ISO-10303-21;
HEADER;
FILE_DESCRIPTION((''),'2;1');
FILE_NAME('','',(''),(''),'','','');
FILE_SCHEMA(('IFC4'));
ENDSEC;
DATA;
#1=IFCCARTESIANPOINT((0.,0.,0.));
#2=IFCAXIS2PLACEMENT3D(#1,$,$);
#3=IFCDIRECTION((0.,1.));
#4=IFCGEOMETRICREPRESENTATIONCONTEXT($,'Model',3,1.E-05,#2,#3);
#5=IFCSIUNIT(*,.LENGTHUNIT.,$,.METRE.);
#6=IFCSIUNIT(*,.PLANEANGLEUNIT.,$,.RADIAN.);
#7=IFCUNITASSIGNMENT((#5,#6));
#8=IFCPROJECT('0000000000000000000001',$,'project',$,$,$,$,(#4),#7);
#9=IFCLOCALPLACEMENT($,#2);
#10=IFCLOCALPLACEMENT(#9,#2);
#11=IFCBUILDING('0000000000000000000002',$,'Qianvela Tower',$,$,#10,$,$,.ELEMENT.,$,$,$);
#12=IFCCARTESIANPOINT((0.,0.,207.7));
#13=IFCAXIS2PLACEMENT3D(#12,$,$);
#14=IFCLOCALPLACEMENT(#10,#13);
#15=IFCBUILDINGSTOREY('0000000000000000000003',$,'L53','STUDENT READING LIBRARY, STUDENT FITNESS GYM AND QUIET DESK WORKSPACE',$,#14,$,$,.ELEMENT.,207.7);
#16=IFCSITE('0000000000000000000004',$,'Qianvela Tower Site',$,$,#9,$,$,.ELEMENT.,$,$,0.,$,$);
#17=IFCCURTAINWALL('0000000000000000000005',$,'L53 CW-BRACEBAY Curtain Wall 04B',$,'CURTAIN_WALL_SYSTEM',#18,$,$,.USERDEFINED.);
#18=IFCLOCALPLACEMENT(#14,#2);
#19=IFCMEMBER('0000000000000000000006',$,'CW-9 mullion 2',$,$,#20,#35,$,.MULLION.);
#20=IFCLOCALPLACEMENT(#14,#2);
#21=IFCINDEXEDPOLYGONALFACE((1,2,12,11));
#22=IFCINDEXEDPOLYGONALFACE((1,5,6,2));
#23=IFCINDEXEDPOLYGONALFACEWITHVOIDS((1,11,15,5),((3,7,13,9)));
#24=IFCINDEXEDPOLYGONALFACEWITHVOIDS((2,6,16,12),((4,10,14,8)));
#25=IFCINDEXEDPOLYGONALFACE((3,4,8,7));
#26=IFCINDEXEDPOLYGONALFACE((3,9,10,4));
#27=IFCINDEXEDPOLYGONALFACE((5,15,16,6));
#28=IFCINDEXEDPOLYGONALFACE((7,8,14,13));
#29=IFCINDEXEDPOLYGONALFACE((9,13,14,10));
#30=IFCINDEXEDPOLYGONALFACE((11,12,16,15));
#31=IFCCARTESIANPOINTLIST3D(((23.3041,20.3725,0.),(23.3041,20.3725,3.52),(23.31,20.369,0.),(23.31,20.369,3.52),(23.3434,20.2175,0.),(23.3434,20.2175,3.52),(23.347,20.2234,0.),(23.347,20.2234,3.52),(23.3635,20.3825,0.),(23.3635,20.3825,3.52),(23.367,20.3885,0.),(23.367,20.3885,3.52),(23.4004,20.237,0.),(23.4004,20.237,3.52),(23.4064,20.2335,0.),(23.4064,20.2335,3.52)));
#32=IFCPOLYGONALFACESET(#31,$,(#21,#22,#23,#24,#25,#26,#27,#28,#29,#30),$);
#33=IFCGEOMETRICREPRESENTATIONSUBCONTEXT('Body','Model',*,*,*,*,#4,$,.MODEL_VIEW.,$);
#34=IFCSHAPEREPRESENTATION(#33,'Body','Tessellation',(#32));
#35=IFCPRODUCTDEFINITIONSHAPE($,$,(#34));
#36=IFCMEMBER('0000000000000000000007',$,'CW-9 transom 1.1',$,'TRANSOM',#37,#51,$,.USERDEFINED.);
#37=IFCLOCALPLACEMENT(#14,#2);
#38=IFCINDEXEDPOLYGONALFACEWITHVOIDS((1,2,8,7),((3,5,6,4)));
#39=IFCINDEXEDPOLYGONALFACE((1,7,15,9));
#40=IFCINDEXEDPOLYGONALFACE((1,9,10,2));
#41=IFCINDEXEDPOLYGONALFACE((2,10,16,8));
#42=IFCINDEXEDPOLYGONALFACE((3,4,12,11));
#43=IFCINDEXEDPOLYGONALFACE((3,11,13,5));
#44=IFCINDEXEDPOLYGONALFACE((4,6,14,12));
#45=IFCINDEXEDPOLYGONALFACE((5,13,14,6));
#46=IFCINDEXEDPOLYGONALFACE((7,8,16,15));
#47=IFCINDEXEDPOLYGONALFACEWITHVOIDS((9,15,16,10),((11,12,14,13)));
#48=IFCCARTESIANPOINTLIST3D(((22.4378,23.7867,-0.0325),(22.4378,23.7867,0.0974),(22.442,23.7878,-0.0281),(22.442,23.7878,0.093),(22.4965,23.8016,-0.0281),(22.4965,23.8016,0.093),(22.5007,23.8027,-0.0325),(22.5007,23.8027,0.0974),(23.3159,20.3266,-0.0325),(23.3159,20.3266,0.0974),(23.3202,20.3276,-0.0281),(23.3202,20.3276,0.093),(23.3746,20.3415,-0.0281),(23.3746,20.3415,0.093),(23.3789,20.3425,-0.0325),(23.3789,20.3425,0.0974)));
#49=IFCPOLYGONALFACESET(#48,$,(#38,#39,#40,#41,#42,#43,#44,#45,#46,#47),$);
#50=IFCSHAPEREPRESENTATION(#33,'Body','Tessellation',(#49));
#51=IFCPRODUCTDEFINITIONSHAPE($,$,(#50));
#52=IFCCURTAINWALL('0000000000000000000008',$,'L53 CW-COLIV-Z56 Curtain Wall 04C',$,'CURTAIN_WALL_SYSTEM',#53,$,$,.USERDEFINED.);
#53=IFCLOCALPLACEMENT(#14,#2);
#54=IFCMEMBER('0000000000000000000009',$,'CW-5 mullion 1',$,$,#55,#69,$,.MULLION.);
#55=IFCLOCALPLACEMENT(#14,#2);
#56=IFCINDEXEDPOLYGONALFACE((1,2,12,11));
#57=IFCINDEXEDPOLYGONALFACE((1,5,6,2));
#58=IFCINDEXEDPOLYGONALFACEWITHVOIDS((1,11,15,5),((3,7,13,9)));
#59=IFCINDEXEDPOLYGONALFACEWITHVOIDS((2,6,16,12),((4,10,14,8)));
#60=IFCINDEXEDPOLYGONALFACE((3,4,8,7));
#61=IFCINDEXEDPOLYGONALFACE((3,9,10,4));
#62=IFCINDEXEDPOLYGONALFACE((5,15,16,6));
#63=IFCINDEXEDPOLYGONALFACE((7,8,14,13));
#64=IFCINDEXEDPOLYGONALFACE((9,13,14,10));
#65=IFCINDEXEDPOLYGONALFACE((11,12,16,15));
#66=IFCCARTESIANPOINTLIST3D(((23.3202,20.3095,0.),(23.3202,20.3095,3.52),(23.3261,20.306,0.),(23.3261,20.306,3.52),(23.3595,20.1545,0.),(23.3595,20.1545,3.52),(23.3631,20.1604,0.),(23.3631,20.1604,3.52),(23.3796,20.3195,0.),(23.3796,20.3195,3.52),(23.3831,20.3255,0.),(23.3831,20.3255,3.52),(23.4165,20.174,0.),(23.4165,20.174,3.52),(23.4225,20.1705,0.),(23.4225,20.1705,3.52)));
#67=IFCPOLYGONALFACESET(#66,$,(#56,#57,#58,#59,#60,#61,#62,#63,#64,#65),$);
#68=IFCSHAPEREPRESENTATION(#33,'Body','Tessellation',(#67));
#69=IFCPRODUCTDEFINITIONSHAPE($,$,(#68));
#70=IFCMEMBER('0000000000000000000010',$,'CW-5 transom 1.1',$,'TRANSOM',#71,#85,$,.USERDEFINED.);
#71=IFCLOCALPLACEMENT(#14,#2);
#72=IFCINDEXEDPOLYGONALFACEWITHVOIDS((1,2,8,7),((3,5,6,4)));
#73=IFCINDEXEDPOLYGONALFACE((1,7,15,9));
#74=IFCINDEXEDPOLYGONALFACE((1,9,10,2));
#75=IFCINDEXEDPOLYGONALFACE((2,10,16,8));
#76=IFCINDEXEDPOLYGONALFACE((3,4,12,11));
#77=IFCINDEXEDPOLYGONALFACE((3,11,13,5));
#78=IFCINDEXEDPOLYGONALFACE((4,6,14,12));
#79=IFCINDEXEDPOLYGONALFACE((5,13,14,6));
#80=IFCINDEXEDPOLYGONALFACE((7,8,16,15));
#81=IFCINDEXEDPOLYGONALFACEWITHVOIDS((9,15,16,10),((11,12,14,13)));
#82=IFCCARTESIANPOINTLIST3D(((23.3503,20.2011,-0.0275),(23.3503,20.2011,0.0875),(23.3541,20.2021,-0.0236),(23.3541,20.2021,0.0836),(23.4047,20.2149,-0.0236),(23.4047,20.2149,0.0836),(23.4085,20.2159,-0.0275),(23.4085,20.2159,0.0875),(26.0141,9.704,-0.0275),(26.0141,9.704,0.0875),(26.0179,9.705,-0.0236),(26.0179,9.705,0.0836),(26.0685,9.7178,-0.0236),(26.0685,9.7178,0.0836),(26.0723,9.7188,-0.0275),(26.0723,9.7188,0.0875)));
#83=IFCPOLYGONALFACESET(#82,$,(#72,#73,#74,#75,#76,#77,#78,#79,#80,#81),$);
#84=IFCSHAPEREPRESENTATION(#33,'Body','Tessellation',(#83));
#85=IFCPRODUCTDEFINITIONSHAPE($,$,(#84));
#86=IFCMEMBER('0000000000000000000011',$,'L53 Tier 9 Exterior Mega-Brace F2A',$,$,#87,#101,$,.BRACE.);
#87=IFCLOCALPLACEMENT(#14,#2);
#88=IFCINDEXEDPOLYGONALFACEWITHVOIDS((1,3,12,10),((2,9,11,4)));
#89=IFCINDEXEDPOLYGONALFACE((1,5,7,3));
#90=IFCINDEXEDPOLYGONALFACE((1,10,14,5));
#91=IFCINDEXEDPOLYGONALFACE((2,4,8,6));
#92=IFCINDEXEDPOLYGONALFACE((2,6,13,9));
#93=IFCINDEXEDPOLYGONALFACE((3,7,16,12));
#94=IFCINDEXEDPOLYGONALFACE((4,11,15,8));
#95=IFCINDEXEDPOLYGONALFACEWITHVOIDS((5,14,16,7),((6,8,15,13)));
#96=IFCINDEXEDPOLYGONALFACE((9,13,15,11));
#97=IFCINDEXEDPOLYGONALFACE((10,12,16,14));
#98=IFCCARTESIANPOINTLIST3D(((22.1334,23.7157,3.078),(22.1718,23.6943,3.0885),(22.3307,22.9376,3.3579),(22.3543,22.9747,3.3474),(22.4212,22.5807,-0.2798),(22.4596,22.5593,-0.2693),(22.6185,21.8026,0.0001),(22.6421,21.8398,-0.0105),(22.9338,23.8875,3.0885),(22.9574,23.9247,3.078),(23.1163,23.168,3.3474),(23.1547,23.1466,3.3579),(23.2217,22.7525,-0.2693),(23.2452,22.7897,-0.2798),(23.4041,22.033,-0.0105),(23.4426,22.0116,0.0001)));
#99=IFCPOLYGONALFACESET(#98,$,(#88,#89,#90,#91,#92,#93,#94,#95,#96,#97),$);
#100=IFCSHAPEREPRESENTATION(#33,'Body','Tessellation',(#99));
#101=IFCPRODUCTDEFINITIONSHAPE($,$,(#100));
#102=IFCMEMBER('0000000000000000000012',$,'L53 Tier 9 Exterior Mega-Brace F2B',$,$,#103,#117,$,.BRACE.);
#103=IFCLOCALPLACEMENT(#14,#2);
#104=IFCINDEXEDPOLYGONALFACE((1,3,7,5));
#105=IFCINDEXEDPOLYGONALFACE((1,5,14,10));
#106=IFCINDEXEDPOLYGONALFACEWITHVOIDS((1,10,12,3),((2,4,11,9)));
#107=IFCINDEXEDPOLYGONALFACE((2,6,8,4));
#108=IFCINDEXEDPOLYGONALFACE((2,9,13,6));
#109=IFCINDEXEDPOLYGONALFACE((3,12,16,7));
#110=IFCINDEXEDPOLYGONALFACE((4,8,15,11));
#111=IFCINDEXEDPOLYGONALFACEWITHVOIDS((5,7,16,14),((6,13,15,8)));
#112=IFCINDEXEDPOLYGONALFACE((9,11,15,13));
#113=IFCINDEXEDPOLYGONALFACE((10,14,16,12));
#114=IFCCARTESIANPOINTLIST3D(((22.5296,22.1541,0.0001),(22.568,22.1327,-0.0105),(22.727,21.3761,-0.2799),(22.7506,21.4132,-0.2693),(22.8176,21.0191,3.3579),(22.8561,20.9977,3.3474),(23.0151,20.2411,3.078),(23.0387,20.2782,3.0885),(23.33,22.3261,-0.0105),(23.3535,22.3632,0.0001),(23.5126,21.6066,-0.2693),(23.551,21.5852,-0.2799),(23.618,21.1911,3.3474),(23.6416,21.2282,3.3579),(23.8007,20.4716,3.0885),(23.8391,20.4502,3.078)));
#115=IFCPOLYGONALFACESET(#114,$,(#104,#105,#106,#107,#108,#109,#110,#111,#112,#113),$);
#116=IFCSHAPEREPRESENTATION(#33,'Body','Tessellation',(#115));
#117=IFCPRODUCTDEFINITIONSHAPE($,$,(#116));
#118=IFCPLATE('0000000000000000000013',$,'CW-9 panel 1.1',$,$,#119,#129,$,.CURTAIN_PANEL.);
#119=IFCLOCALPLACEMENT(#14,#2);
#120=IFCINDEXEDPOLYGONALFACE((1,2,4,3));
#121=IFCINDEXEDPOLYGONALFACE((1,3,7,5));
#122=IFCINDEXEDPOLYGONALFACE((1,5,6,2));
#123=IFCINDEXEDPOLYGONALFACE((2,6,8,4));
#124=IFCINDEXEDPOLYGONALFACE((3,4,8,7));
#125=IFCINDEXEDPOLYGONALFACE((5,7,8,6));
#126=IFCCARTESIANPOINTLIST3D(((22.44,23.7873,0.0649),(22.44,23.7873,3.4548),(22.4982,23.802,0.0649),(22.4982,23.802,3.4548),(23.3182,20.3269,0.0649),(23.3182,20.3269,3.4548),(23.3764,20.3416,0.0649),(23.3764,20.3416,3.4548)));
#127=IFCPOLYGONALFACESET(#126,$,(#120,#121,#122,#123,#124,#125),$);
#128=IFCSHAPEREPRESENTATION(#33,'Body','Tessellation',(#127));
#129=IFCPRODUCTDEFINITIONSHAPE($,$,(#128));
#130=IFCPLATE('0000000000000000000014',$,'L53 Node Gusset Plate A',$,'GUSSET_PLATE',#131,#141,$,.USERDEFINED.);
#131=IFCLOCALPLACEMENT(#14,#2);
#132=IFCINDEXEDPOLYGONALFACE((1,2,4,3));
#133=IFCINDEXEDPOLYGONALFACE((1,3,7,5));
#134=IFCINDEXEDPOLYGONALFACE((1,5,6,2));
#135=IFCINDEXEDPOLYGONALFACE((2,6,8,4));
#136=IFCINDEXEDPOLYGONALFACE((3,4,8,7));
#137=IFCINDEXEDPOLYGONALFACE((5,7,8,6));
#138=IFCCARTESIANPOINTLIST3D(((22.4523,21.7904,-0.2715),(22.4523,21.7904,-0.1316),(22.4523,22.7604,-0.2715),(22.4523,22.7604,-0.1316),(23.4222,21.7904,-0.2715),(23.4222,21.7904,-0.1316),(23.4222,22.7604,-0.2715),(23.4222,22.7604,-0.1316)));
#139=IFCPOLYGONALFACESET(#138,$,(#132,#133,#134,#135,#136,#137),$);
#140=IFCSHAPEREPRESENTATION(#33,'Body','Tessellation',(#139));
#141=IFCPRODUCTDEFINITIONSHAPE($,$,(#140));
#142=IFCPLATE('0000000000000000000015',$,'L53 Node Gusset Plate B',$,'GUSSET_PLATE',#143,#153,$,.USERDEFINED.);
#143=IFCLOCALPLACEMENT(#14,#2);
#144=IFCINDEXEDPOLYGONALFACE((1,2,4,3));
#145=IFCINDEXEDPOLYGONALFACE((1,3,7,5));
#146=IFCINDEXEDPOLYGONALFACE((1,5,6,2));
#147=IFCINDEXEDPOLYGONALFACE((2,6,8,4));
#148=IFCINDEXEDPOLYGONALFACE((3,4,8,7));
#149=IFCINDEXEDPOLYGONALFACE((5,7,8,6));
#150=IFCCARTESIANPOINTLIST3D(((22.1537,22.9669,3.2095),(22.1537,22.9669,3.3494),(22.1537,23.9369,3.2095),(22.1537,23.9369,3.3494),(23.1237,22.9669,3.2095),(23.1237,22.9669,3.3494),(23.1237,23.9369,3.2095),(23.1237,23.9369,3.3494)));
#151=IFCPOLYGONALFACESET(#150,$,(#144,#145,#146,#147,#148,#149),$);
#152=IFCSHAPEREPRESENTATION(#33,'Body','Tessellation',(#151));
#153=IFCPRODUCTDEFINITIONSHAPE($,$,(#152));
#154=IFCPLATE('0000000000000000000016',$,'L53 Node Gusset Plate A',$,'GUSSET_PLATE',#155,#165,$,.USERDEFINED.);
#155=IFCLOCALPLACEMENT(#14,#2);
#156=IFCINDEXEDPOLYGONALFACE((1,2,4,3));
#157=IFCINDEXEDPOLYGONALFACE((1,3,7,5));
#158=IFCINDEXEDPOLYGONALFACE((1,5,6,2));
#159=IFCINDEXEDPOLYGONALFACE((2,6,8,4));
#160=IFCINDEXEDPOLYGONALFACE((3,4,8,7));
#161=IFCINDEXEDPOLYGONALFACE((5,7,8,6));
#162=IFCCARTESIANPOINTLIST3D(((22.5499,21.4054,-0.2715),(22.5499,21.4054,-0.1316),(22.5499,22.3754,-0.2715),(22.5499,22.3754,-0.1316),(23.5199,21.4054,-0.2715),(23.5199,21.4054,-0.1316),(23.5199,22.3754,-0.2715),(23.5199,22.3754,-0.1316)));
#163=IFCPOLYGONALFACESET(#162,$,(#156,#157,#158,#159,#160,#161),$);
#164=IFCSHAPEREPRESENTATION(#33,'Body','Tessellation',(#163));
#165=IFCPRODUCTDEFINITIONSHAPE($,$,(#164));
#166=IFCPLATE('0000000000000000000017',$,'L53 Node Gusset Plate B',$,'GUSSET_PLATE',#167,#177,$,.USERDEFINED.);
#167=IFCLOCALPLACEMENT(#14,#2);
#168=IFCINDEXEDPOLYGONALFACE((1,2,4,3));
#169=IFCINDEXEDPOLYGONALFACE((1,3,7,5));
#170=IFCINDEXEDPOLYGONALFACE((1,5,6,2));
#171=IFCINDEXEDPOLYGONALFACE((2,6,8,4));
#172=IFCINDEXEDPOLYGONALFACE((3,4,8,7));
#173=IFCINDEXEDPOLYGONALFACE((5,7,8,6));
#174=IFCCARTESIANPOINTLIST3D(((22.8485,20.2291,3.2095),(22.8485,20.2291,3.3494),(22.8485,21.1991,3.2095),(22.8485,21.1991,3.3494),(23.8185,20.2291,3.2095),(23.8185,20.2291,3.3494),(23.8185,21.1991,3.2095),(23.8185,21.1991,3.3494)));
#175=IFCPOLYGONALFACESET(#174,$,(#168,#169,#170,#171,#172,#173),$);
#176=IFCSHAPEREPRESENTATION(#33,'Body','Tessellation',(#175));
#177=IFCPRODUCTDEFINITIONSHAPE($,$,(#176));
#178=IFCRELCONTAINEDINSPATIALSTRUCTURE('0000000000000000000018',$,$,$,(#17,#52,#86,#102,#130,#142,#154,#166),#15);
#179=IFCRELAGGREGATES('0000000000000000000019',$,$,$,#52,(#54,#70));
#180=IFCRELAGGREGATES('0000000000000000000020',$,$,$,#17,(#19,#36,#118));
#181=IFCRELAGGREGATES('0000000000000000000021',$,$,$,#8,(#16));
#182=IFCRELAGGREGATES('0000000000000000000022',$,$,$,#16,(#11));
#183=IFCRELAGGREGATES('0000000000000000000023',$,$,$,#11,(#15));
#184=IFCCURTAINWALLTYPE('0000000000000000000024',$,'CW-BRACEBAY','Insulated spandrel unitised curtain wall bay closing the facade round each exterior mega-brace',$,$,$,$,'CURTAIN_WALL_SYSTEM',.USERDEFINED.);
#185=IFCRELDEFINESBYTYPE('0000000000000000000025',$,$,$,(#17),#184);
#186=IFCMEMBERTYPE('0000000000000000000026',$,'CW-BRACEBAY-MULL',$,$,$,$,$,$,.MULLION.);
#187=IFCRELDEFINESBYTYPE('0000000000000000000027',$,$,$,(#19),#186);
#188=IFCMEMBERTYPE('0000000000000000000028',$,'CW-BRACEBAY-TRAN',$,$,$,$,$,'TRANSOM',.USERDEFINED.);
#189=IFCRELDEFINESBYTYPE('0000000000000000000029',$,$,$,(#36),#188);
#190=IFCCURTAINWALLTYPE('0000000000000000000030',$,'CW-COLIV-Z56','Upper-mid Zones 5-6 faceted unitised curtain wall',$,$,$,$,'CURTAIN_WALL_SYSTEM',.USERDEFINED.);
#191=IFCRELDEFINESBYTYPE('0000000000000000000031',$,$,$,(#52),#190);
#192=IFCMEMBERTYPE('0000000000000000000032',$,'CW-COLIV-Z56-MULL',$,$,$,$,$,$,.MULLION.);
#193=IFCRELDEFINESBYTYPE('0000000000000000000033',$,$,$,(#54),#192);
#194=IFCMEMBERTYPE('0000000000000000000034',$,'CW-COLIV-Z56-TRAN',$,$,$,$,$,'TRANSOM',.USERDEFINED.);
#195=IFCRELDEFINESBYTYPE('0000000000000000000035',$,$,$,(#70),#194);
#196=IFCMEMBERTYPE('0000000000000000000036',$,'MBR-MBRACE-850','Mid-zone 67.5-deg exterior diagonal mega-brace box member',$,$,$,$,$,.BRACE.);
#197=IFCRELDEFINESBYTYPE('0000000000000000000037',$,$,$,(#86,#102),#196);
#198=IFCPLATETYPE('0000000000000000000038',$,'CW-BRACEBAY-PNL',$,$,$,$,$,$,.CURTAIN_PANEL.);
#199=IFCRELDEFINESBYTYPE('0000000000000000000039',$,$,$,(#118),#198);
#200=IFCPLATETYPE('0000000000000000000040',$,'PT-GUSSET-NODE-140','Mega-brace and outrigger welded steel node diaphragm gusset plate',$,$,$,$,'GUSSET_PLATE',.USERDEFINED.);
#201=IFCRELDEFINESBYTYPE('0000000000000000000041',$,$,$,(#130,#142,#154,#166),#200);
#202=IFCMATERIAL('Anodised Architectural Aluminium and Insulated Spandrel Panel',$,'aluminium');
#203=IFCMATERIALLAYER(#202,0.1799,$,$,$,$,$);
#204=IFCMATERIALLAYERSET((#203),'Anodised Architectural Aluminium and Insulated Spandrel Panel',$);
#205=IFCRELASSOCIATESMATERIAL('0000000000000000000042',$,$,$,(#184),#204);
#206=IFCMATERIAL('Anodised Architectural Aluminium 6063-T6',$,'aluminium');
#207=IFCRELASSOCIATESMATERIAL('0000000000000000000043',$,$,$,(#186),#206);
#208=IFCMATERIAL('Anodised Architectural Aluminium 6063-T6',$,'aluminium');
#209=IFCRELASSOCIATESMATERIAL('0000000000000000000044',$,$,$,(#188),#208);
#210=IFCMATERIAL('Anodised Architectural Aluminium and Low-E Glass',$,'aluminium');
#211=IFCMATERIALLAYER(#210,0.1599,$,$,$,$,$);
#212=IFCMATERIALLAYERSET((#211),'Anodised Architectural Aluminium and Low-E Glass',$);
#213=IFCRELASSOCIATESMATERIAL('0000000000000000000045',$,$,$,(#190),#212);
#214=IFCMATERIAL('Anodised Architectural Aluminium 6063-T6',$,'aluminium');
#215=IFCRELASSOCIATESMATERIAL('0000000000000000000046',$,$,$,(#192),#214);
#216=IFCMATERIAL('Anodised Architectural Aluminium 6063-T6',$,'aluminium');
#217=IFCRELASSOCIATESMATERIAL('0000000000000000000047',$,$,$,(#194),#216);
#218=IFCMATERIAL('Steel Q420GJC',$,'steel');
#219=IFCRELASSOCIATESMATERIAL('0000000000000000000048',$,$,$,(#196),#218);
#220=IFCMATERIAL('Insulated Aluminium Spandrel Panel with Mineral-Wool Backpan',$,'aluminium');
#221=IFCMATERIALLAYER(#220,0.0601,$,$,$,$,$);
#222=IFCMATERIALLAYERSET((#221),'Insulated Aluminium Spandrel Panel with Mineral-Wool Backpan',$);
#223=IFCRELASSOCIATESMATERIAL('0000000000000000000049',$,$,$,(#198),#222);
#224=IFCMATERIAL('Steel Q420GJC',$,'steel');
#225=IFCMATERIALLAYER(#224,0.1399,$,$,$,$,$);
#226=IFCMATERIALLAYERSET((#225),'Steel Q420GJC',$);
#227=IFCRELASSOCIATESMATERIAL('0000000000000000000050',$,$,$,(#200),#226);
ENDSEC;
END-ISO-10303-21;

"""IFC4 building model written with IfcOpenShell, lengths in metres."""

from ifc_helpers import new_model, si_unit, direction, frame, origin, origin_2d, place, context, subcontext, project, spatial, rectangle, hollow_rectangle, extrude, material, layer, layer_set, material_profile, profile_set, type_object, element, aggregate, save


model = new_model("IFC4")

# Units and contexts
model_context = context("Model", 3, precision=1e-05, world=origin(), true_north=direction((0.0, 1.0)))
body_context = subcontext(model_context, "Body", "Model", "MODEL_VIEW")
ifc_project = project(units=[si_unit("LENGTHUNIT", "METRE"), si_unit("PLANEANGLEUNIT", "RADIAN")], contexts=[model_context])

# Site, building, storey
site_placement = place(None, origin())
site = spatial("IfcSite", under=ifc_project, at=site_placement, Name="Qianvela Tower Site", CompositionType="ELEMENT", RefElevation=0.0)
building_placement = place(site_placement, origin())
building = spatial("IfcBuilding", under=site, at=building_placement, Name="Qianvela Tower", CompositionType="ELEMENT")
storey_placement = place(building_placement, frame((0.0, 0.0, 207.7)))
storey = spatial("IfcBuildingStorey", under=building, at=storey_placement, Name="L53", Description="STUDENT READING LIBRARY, STUDENT FITNESS GYM AND QUIET DESK WORKSPACE", CompositionType="ELEMENT", Elevation=207.7)

# Curtain walls, members
ifc_material_1 = material(Name="Anodised Architectural Aluminium and Insulated Spandrel Panel", Category="aluminium")
ifc_layer_1 = layer(ifc_material_1, 0.1799)
ifc_layer_set_1 = layer_set([ifc_layer_1], Name="Anodised Architectural Aluminium and Insulated Spandrel Panel")
curtain_wall_type_1 = type_object("IfcCurtainWallType", Name="CW-BRACEBAY", Description="Insulated spandrel unitised curtain wall bay closing the facade round each exterior mega-brace", ElementType="CURTAIN_WALL_SYSTEM", PredefinedType="USERDEFINED", material=ifc_layer_set_1)
curtain_wall_1_placement = place(storey_placement, origin())
curtain_wall_1 = element("IfcCurtainWall", 1, at=curtain_wall_1_placement, inside=storey, type_object=curtain_wall_type_1, Name="L53 CW-BRACEBAY Curtain Wall 04B", ObjectType="CURTAIN_WALL_SYSTEM", PredefinedType="USERDEFINED")
ifc_material_2 = material(Name="Anodised Architectural Aluminium 6063-T6", Category="aluminium")
ifc_material_profile_1 = material_profile(ifc_material_2, hollow_rectangle(XDim=0.0649, YDim=0.1599, WallThickness=0.0049, at=origin_2d()), Name="ALU-MULL-65x160")
ifc_profile_set_1 = profile_set([ifc_material_profile_1], Name="Anodised Architectural Aluminium 6063-T6")
member_type_1 = type_object("IfcMemberType", Name="CW-BRACEBAY-MULL", PredefinedType="MULLION", material=ifc_profile_set_1)
member_1_placement = place(storey_placement, frame((23.3552, 20.303, 0.0), z_axis=(0.0, 0.0, 1.0), x_axis=(0.969276, 0.245975, 0.0)))
member_1 = element("IfcMember", 2, at=member_1_placement, type_object=member_type_1, Name="CW-9 mullion 2", PredefinedType="MULLION", context=body_context, shape_type="SweptSolid", body=[
    extrude(hollow_rectangle(XDim=0.0649, YDim=0.1599, WallThickness=0.0049, at=origin_2d()), origin(), (0.0, 0.0, 1.0), 3.52),
])
ifc_material_3 = material(Name="Anodised Architectural Aluminium 6063-T6", Category="aluminium")
ifc_material_profile_2 = material_profile(ifc_material_3, hollow_rectangle(XDim=0.0649, YDim=0.1299, WallThickness=0.0044, at=origin_2d()), Name="ALU-TRAN-65x130")
ifc_profile_set_2 = profile_set([ifc_material_profile_2], Name="Anodised Architectural Aluminium 6063-T6")
member_type_2 = type_object("IfcMemberType", Name="CW-BRACEBAY-TRAN", ElementType="TRANSOM", PredefinedType="USERDEFINED", material=ifc_profile_set_2)
member_2_placement = place(storey_placement, frame((22.4692, 23.7947, 0.0325), z_axis=(0.245994, -0.969271, 0.0), x_axis=(0.969271, 0.245994, 0.0)))
member_2 = element("IfcMember", 3, at=member_2_placement, type_object=member_type_2, Name="CW-9 transom 1.1", ObjectType="TRANSOM", PredefinedType="USERDEFINED", context=body_context, shape_type="SweptSolid", body=[
    extrude(hollow_rectangle(XDim=0.0649, YDim=0.1299, WallThickness=0.0044, at=origin_2d()), origin(), (0.0, 0.0, 1.0), 3.5698),
])
ifc_material_4 = material(Name="Anodised Architectural Aluminium and Low-E Glass", Category="aluminium")
ifc_layer_2 = layer(ifc_material_4, 0.1599)
ifc_layer_set_2 = layer_set([ifc_layer_2], Name="Anodised Architectural Aluminium and Low-E Glass")
curtain_wall_type_2 = type_object("IfcCurtainWallType", Name="CW-COLIV-Z56", Description="Upper-mid Zones 5-6 faceted unitised curtain wall", ElementType="CURTAIN_WALL_SYSTEM", PredefinedType="USERDEFINED", material=ifc_layer_set_2)
curtain_wall_2_placement = place(storey_placement, origin())
curtain_wall_2 = element("IfcCurtainWall", 4, at=curtain_wall_2_placement, inside=storey, type_object=curtain_wall_type_2, Name="L53 CW-COLIV-Z56 Curtain Wall 04C", ObjectType="CURTAIN_WALL_SYSTEM", PredefinedType="USERDEFINED")
ifc_material_5 = material(Name="Anodised Architectural Aluminium 6063-T6", Category="aluminium")
ifc_material_profile_3 = material_profile(ifc_material_5, hollow_rectangle(XDim=0.0649, YDim=0.1599, WallThickness=0.0049, at=origin_2d()), Name="ALU-MULL-65x160")
ifc_profile_set_3 = profile_set([ifc_material_profile_3], Name="Anodised Architectural Aluminium 6063-T6")
member_type_3 = type_object("IfcMemberType", Name="CW-COLIV-Z56-MULL", PredefinedType="MULLION", material=ifc_profile_set_3)
member_3_placement = place(storey_placement, frame((23.3713, 20.24, 0.0), z_axis=(0.0, 0.0, 1.0), x_axis=(0.969274, 0.245984, 0.0)))
member_3 = element("IfcMember", 5, at=member_3_placement, type_object=member_type_3, Name="CW-5 mullion 1", PredefinedType="MULLION", context=body_context, shape_type="SweptSolid", body=[
    extrude(hollow_rectangle(XDim=0.0649, YDim=0.1599, WallThickness=0.0049, at=origin_2d()), origin(), (0.0, 0.0, 1.0), 3.52),
])
ifc_material_6 = material(Name="Anodised Architectural Aluminium 6063-T6", Category="aluminium")
ifc_material_profile_4 = material_profile(ifc_material_6, hollow_rectangle(XDim=0.0601, YDim=0.115, WallThickness=0.0039, at=origin_2d()), Name="ALU-TRAN-60x115")
ifc_profile_set_4 = profile_set([ifc_material_profile_4], Name="Anodised Architectural Aluminium 6063-T6")
member_type_4 = type_object("IfcMemberType", Name="CW-COLIV-Z56-TRAN", ElementType="TRANSOM", PredefinedType="USERDEFINED", material=ifc_profile_set_4)
member_4_placement = place(storey_placement, frame((23.3794, 20.2085, 0.03), z_axis=(0.245971, -0.969277, 0.0), x_axis=(0.969277, 0.245971, 0.0)))
member_4 = element("IfcMember", 6, at=member_4_placement, type_object=member_type_4, Name="CW-5 transom 1.1", ObjectType="TRANSOM", PredefinedType="USERDEFINED", context=body_context, shape_type="SweptSolid", body=[
    extrude(hollow_rectangle(XDim=0.0601, YDim=0.115, WallThickness=0.0039, at=origin_2d()), origin(), (0.0, 0.0, 1.0), 10.8298),
])
aggregate(curtain_wall_2, [member_3, member_4])

# Members
ifc_material_7 = material(Name="Steel Q420GJC", Category="steel")
ifc_material_profile_5 = material_profile(ifc_material_7, hollow_rectangle(XDim=0.8501, YDim=0.8501, WallThickness=0.032, at=origin_2d()), Name="MBOX-850x850x32")
ifc_profile_set_5 = profile_set([ifc_material_profile_5], Name="Steel Q420GJC")
member_type_5 = type_object("IfcMemberType", Name="MBR-MBRACE-850", Description="Mid-zone 67.5-deg exterior diagonal mega-brace box member", PredefinedType="BRACE", material=ifc_profile_set_5)
for number, where, z_axis, x_axis, name in (
    (7, (22.9319, 22.2961, -0.1399), (-0.080941, 0.319162, 0.944237), (-0.969315, -0.245821, 0.0), "L53 Tier 9 Exterior Mega-Brace F2A"),
    (8, (23.0403, 21.8696, -0.1399), (0.081009, -0.319161, 0.944232), (0.969265, 0.246017, 0.0), "L53 Tier 9 Exterior Mega-Brace F2B"),
):
    element("IfcMember", number, at=place(storey_placement, frame(where, z_axis=z_axis, x_axis=x_axis)), inside=storey, type_object=member_type_5, Name=name, PredefinedType="BRACE", context=body_context, shape_type="SweptSolid", body=[
        extrude(hollow_rectangle(XDim=0.8501, YDim=0.8501, WallThickness=0.032, at=origin_2d()), origin(), (0.0, 0.0, 1.0), 3.5562),
    ])

# Plate
ifc_material_8 = material(Name="Insulated Aluminium Spandrel Panel with Mineral-Wool Backpan", Category="aluminium")
ifc_layer_3 = layer(ifc_material_8, 0.0601)
ifc_layer_set_3 = layer_set([ifc_layer_3], Name="Insulated Aluminium Spandrel Panel with Mineral-Wool Backpan")
plate_type_1 = type_object("IfcPlateType", Name="CW-BRACEBAY-PNL", PredefinedType="CURTAIN_PANEL", material=ifc_layer_set_3)
plate_placement = place(storey_placement, frame((22.9082, 22.0645, 0.0649), z_axis=(0.0, 0.0, 1.0), x_axis=(0.245975, -0.969276, 0.0)))
plate = element("IfcPlate", 9, at=plate_placement, type_object=plate_type_1, Name="CW-9 panel 1.1", PredefinedType="CURTAIN_PANEL", context=body_context, shape_type="SweptSolid", body=[
    extrude(rectangle(XDim=3.5701, YDim=0.0601, at=origin_2d()), origin(), (0.0, 0.0, 1.0), 3.3899),
])
aggregate(curtain_wall_1, [member_1, member_2, plate])

# Plates
ifc_material_9 = material(Name="Steel Q420GJC", Category="steel")
ifc_layer_4 = layer(ifc_material_9, 0.1399)
ifc_layer_set_4 = layer_set([ifc_layer_4], Name="Steel Q420GJC")
plate_type_2 = type_object("IfcPlateType", Name="PT-GUSSET-NODE-140", Description="Mega-brace and outrigger welded steel node diaphragm gusset plate", ElementType="GUSSET_PLATE", PredefinedType="USERDEFINED", material=ifc_layer_set_4)
for number, where, z_axis, x_axis, name in (
    (10, (22.9373, 22.2754, -0.2715), (0.0, 0.0, 1.0), (1.0, 0.0, 0.0), "L53 Node Gusset Plate A"),
    (11, (22.6387, 23.4519, 3.2095), (0.0, 0.0, 1.0), (1.0, 0.0, 0.0), "L53 Node Gusset Plate B"),
    (12, (23.0349, 21.8904, -0.2715), (0.0, 0.0, 1.0), (1.0, 0.0, 0.0), "L53 Node Gusset Plate A"),
    (13, (23.3335, 20.7141, 3.2095), (0.0, 0.0, 1.0), (1.0, 0.0, 0.0), "L53 Node Gusset Plate B"),
):
    element("IfcPlate", number, at=place(storey_placement, frame(where, z_axis=z_axis, x_axis=x_axis)), inside=storey, type_object=plate_type_2, Name=name, ObjectType="GUSSET_PLATE", PredefinedType="USERDEFINED", context=body_context, shape_type="SweptSolid", body=[
        extrude(rectangle(XDim=0.97, YDim=0.97, at=origin_2d()), origin(), (0.0, 0.0, 1.0), 0.1399),
    ])

save(model, "model.ifc")
